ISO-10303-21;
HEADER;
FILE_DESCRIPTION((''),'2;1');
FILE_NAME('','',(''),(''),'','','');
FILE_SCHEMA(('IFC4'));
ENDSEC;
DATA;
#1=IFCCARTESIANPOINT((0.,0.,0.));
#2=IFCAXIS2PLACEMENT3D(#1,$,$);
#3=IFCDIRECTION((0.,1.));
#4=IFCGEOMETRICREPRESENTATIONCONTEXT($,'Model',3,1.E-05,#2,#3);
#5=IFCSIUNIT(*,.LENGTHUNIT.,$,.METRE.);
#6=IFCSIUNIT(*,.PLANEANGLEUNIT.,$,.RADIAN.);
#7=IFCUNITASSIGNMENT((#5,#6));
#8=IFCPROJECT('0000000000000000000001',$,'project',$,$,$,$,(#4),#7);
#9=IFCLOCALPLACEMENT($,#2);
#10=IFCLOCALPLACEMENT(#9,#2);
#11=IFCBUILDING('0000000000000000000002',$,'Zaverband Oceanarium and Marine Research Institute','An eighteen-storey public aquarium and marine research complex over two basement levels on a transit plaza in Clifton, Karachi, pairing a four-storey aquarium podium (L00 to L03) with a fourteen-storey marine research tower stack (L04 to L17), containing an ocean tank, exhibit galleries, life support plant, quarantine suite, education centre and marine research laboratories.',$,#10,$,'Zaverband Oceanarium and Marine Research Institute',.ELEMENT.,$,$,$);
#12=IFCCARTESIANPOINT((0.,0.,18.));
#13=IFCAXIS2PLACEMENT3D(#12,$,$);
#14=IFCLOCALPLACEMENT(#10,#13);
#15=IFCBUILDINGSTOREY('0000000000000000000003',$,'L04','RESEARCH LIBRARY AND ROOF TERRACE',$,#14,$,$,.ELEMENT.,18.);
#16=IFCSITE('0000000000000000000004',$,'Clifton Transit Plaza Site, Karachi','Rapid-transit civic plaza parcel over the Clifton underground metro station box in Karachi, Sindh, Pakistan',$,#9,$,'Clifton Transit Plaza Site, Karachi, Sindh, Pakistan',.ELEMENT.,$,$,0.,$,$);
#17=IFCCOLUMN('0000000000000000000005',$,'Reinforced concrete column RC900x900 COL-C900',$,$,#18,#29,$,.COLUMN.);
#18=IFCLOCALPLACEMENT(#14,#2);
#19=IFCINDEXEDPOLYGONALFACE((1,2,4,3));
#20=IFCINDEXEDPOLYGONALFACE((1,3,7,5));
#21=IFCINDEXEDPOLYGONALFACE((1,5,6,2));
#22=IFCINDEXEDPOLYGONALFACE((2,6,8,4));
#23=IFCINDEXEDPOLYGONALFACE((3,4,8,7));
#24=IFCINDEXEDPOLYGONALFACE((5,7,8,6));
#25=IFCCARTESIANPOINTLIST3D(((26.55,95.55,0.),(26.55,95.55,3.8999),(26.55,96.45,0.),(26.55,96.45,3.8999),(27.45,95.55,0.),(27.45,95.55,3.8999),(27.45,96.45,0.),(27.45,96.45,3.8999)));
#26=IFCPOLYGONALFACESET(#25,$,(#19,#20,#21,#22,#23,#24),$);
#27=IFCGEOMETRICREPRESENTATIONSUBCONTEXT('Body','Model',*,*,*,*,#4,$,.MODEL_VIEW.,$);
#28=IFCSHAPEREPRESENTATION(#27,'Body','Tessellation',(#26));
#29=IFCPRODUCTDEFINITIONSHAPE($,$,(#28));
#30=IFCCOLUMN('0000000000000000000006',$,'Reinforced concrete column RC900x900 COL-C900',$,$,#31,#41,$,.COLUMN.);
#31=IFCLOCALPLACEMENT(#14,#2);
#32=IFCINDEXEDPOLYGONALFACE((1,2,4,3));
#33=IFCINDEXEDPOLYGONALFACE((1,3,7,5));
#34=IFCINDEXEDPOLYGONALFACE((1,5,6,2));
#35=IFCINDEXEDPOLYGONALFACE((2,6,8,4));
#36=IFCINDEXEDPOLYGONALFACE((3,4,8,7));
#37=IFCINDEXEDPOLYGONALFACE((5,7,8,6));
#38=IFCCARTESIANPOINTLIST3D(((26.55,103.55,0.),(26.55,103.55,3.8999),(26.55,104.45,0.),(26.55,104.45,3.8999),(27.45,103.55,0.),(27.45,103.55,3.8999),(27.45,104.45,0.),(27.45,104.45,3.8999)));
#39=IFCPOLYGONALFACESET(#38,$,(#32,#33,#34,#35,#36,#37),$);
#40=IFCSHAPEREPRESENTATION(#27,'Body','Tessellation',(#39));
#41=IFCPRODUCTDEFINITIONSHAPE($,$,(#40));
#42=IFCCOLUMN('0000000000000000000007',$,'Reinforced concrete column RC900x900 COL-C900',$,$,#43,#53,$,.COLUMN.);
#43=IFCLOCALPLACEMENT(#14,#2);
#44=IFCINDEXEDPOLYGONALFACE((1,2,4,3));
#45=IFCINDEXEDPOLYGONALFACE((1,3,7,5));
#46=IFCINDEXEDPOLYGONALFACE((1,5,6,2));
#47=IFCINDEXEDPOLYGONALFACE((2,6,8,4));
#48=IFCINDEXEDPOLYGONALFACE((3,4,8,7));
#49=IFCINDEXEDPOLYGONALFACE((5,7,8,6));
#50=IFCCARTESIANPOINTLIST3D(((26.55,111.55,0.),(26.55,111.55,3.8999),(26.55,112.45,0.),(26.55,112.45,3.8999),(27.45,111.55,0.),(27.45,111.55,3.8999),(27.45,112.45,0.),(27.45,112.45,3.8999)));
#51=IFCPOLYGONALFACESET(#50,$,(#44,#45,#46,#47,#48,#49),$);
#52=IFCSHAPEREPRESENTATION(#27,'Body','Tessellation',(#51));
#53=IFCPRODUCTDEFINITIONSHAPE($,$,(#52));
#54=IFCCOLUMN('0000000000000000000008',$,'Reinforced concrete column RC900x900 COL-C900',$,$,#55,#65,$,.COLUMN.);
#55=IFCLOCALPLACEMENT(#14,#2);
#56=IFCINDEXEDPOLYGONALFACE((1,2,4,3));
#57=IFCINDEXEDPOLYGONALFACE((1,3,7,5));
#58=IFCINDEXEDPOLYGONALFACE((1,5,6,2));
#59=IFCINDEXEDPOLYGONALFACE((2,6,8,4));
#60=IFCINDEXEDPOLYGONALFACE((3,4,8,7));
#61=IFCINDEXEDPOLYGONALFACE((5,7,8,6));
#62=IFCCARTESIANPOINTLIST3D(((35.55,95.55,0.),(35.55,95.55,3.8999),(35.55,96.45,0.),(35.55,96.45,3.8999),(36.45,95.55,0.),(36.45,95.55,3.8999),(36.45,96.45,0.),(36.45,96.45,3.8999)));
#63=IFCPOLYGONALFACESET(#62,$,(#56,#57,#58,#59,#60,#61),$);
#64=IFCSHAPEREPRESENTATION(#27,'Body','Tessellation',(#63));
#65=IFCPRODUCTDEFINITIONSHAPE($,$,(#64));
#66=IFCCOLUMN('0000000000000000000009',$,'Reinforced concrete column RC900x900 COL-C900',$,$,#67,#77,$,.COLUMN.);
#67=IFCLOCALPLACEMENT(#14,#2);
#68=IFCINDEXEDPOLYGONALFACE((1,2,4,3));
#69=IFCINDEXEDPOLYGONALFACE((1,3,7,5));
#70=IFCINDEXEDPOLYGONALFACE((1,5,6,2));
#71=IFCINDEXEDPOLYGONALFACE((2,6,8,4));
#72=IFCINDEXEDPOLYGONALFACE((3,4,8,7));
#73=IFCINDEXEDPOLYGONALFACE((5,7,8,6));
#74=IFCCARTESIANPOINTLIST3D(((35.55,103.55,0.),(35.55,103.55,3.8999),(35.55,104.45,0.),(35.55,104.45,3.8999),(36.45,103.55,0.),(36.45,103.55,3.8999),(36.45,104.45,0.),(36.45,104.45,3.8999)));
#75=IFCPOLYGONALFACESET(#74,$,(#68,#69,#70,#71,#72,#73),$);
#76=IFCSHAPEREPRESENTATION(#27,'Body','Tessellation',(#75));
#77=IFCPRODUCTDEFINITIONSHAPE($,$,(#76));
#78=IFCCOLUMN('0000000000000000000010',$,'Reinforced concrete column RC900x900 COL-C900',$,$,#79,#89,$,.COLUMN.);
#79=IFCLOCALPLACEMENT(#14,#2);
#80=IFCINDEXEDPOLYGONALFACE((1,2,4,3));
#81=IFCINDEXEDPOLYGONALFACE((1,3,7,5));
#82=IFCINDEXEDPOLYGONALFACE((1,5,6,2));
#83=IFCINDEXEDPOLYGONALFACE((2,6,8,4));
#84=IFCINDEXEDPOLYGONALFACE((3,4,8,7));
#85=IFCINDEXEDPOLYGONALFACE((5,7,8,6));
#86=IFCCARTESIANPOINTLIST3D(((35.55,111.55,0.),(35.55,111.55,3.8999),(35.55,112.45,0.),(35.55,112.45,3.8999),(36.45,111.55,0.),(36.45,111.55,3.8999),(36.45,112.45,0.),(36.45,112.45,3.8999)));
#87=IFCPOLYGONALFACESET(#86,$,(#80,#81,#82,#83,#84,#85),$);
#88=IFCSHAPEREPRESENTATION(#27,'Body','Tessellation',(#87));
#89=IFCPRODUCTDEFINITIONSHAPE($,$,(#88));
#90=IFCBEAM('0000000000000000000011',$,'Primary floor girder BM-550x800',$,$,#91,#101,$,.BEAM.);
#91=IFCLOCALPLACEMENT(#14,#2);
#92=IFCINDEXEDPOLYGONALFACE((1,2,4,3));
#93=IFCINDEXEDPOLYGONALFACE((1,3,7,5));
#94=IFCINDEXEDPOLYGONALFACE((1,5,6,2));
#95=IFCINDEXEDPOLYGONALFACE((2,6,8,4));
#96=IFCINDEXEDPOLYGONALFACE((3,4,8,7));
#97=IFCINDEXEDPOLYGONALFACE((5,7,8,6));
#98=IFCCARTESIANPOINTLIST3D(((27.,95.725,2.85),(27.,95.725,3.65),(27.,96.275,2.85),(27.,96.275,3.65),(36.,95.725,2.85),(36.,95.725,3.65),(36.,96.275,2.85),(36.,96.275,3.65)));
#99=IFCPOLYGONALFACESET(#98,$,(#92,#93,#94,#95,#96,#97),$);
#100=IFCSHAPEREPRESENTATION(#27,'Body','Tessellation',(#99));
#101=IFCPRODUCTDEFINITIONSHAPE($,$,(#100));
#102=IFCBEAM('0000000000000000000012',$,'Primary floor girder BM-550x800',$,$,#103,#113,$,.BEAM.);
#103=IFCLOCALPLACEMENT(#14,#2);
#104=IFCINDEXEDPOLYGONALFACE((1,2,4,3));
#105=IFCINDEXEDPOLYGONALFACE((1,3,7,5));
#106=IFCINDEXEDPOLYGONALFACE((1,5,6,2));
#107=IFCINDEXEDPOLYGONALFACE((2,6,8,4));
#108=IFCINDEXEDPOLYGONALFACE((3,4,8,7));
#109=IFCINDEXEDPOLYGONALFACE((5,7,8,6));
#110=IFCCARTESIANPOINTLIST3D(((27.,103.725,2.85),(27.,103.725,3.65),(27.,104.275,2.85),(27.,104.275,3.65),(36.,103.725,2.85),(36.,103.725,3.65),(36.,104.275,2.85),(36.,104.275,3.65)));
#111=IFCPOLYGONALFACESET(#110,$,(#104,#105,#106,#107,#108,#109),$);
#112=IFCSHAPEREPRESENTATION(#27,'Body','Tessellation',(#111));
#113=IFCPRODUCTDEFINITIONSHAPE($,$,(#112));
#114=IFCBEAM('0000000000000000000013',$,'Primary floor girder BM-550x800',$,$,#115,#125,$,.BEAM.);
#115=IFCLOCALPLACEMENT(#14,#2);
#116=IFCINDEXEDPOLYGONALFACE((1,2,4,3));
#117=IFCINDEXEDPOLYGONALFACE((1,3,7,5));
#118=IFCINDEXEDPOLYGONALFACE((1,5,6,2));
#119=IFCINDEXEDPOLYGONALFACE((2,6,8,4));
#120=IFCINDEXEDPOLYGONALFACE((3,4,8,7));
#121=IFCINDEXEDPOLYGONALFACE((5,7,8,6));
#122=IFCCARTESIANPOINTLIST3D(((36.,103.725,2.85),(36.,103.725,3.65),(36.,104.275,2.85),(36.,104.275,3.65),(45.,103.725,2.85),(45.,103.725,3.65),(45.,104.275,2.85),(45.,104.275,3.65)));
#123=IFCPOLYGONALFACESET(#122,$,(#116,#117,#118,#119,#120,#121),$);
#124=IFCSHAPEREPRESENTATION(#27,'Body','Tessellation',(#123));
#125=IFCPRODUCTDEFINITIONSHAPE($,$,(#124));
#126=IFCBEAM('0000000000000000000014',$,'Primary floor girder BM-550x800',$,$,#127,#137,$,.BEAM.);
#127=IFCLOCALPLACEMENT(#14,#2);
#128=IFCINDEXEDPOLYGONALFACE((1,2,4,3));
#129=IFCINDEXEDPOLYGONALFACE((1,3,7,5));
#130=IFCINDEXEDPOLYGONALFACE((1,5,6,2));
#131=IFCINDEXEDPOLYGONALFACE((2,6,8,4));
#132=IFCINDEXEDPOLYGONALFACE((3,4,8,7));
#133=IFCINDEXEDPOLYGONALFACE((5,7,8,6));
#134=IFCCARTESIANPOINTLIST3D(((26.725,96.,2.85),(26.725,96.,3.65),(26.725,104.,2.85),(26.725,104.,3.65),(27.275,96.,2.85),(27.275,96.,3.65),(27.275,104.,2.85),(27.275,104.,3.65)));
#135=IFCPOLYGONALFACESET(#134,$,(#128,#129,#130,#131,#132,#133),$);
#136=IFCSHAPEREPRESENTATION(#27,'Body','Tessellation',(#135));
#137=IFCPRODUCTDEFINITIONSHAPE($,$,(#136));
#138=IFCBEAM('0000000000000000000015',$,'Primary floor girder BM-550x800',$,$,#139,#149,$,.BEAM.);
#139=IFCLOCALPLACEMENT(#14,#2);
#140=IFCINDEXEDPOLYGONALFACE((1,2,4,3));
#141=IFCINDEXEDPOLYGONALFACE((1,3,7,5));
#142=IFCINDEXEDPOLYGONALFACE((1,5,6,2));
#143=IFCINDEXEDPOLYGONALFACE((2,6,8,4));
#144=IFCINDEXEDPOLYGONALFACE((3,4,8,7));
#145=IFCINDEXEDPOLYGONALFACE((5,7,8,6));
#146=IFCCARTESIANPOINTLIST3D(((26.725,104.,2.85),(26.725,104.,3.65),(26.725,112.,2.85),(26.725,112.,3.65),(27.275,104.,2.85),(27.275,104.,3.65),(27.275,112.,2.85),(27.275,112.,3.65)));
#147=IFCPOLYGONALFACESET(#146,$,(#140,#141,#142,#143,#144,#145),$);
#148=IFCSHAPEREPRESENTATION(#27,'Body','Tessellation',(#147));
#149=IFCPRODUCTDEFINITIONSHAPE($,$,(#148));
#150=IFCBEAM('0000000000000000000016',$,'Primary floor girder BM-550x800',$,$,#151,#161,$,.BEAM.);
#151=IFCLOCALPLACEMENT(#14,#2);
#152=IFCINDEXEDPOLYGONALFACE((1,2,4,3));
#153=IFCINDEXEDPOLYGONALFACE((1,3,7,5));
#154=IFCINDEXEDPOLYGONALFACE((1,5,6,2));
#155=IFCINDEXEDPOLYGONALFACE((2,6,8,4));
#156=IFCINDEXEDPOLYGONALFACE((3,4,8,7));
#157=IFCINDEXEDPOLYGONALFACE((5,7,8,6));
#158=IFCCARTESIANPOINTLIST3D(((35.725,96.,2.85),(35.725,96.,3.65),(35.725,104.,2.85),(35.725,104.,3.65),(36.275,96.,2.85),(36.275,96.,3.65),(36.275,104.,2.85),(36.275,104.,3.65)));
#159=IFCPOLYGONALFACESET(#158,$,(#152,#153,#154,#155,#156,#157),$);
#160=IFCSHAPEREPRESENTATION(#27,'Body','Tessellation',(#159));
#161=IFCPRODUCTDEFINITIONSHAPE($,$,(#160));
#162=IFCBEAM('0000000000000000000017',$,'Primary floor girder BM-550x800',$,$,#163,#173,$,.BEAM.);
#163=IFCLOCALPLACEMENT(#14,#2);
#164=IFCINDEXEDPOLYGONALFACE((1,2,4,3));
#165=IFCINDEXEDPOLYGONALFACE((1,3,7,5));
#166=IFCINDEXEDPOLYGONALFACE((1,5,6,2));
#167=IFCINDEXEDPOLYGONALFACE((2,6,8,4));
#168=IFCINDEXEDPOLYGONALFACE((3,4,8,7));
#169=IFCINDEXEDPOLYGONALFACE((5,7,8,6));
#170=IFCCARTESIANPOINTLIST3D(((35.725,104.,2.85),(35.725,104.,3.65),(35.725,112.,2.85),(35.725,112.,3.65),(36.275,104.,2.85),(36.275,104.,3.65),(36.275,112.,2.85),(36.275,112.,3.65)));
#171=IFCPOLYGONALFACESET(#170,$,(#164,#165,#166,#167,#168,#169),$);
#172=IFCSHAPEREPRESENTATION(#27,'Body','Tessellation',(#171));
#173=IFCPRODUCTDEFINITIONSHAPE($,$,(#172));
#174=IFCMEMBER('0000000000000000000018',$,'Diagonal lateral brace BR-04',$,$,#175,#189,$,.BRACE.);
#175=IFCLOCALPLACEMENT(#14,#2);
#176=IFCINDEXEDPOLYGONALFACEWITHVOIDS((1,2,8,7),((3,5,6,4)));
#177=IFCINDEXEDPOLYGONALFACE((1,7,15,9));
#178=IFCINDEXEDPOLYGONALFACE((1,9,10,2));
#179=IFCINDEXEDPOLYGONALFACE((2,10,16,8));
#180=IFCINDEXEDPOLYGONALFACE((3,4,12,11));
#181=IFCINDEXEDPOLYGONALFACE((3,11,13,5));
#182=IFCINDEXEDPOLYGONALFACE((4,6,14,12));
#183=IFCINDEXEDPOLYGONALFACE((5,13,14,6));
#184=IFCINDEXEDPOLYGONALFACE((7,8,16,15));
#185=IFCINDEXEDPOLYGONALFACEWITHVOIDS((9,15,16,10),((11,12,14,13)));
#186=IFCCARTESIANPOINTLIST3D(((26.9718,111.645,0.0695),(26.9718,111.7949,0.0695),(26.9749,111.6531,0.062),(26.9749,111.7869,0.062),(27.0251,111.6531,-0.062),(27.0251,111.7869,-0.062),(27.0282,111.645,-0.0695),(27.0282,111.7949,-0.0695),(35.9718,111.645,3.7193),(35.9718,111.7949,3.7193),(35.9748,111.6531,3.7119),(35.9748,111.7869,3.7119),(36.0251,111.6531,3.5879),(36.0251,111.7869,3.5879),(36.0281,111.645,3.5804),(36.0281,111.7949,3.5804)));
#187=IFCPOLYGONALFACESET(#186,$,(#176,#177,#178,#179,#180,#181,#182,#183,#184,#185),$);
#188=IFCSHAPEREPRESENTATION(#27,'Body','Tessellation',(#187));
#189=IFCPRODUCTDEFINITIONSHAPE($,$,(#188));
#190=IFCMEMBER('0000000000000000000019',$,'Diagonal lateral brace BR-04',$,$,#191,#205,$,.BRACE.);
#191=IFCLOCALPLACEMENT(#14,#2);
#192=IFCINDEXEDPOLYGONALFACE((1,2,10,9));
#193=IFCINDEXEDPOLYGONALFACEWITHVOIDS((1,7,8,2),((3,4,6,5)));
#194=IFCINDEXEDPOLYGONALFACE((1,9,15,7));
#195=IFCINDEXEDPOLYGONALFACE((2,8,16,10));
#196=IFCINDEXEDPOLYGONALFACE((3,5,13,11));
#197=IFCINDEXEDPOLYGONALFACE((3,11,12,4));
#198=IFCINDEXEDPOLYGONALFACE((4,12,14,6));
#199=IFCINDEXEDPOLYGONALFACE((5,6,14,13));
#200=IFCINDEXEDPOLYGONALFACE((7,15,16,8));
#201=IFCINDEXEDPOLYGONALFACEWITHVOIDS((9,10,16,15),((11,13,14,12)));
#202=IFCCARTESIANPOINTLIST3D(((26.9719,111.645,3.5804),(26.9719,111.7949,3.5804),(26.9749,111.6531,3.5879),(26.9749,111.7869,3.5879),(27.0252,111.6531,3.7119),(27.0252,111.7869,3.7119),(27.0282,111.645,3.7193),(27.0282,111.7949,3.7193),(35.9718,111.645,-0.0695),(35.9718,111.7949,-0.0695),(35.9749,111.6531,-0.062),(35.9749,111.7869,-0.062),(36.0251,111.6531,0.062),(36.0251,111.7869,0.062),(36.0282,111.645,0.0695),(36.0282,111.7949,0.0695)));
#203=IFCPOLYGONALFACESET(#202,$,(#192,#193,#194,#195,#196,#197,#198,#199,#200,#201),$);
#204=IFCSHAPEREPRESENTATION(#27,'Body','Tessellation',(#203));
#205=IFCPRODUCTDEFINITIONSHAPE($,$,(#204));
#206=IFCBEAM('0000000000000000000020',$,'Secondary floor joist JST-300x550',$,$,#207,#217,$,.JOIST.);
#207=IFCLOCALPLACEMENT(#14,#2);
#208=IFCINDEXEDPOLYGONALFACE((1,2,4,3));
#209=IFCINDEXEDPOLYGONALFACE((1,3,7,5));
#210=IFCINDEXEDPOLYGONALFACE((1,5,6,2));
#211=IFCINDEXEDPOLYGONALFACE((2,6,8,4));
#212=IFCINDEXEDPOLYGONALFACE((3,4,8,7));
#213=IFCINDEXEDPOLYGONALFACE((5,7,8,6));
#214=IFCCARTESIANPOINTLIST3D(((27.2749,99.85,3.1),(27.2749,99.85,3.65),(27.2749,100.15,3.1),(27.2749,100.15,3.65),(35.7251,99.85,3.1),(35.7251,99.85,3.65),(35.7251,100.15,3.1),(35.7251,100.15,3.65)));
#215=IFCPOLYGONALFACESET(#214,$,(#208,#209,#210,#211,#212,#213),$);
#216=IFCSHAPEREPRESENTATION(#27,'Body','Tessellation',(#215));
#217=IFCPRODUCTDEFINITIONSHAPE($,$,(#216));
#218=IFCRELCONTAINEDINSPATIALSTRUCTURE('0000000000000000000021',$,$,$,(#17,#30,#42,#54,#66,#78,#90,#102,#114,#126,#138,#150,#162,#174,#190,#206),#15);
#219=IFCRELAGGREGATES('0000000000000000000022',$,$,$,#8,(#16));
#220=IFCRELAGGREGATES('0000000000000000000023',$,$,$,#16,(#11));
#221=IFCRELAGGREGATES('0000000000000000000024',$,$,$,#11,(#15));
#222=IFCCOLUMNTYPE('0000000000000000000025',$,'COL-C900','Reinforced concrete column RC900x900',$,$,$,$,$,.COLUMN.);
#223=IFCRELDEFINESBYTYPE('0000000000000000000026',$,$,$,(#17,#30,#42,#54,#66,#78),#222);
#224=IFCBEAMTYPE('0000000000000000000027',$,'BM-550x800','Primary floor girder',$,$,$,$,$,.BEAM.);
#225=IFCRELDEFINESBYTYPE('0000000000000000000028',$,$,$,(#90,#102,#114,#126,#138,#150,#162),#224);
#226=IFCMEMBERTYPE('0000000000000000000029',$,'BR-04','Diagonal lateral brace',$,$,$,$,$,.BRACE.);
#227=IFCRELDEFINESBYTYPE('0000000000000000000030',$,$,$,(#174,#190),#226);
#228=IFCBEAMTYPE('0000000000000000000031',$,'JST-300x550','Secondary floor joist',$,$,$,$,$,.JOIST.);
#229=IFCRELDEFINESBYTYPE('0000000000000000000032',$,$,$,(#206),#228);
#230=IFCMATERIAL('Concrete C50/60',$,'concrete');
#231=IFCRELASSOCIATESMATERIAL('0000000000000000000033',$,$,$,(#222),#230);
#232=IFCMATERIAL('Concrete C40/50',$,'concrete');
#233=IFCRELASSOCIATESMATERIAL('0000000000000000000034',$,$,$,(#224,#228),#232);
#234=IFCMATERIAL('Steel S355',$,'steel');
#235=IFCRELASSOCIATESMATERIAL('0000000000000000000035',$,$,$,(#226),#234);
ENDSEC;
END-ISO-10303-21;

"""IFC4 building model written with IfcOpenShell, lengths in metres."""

from ifc_helpers import new_model, si_unit, direction, frame, origin, origin_2d, place, context, subcontext, project, spatial, rectangle, hollow_rectangle, extrude, material, material_profile, profile_set, type_object, element, save


model = new_model("IFC4")

# Units and contexts
model_context = context("Model", 3, precision=1e-05, world=origin(), true_north=direction((0.0, 1.0)))
body_context = subcontext(model_context, "Body", "Model", "MODEL_VIEW")
ifc_project = project(units=[si_unit("LENGTHUNIT", "METRE"), si_unit("PLANEANGLEUNIT", "RADIAN")], contexts=[model_context])

# Site, building, storey
site_placement = place(None, origin())
site = spatial("IfcSite", under=ifc_project, at=site_placement, Name="Clifton Transit Plaza Site, Karachi", Description="Rapid-transit civic plaza parcel over the Clifton underground metro station box in Karachi, Sindh, Pakistan", LongName="Clifton Transit Plaza Site, Karachi, Sindh, Pakistan", CompositionType="ELEMENT", RefElevation=0.0)
building_placement = place(site_placement, origin())
building = spatial("IfcBuilding", under=site, at=building_placement, Name="Zaverband Oceanarium and Marine Research Institute", Description="An eighteen-storey public aquarium and marine research complex over two basement levels on a transit plaza in Clifton, Karachi, pairing a four-storey aquarium podium (L00 to L03) with a fourteen-storey marine research tower stack (L04 to L17), containing an ocean tank, exhibit galleries, life support plant, quarantine suite, education centre and marine research laboratories.", LongName="Zaverband Oceanarium and Marine Research Institute", CompositionType="ELEMENT")
storey_placement = place(building_placement, frame((0.0, 0.0, 18.0)))
storey = spatial("IfcBuildingStorey", under=building, at=storey_placement, Name="L04", Description="RESEARCH LIBRARY AND ROOF TERRACE", CompositionType="ELEMENT", Elevation=18.0)

# Columns
ifc_material_1 = material(Name="Concrete C50/60", Category="concrete")
ifc_material_profile_1 = material_profile(ifc_material_1, rectangle(XDim=0.8999, YDim=0.8999, at=origin_2d()), Name="RC900x900")
ifc_profile_set_1 = profile_set([ifc_material_profile_1], Name="Concrete C50/60")
column_type = type_object("IfcColumnType", Name="COL-C900", Description="Reinforced concrete column RC900x900", PredefinedType="COLUMN", material=ifc_profile_set_1)
for number, where, z_axis, x_axis, name in (
    (1, (27.0, 96.0, 0.0), (0.0, 0.0, 1.0), (1.0, 0.0, 0.0), "Reinforced concrete column RC900x900 COL-C900"),
    (2, (27.0, 104.0, 0.0), (0.0, 0.0, 1.0), (1.0, 0.0, 0.0), "Reinforced concrete column RC900x900 COL-C900"),
    (3, (27.0, 112.0, 0.0), (0.0, 0.0, 1.0), (1.0, 0.0, 0.0), "Reinforced concrete column RC900x900 COL-C900"),
    (4, (36.0, 96.0, 0.0), (0.0, 0.0, 1.0), (1.0, 0.0, 0.0), "Reinforced concrete column RC900x900 COL-C900"),
    (5, (36.0, 104.0, 0.0), (0.0, 0.0, 1.0), (1.0, 0.0, 0.0), "Reinforced concrete column RC900x900 COL-C900"),
    (6, (36.0, 112.0, 0.0), (0.0, 0.0, 1.0), (1.0, 0.0, 0.0), "Reinforced concrete column RC900x900 COL-C900"),
):
    element("IfcColumn", number, at=place(storey_placement, frame(where, z_axis=z_axis, x_axis=x_axis)), inside=storey, type_object=column_type, Name=name, PredefinedType="COLUMN", context=body_context, shape_type="SweptSolid", body=[
        extrude(rectangle(XDim=0.8999, YDim=0.8999, at=origin_2d()), origin(), (0.0, 0.0, 1.0), 3.8999),
    ])

# Beams
ifc_material_2 = material(Name="Concrete C40/50", Category="concrete")
ifc_material_profile_2 = material_profile(ifc_material_2, rectangle(XDim=0.55, YDim=0.8, at=origin_2d()), Name="RC550x800")
ifc_profile_set_2 = profile_set([ifc_material_profile_2], Name="Concrete C40/50")
beam_type_1 = type_object("IfcBeamType", Name="BM-550x800", Description="Primary floor girder", PredefinedType="BEAM", material=ifc_profile_set_2)
for number, where, z_axis, x_axis, name in (
    (7, (27.0, 96.0, 3.25), (1.0, 0.0, 0.0), (0.0, 1.0, 0.0), "Primary floor girder BM-550x800"),
    (8, (27.0, 104.0, 3.25), (1.0, 0.0, 0.0), (0.0, 1.0, 0.0), "Primary floor girder BM-550x800"),
    (9, (36.0, 104.0, 3.25), (1.0, 0.0, 0.0), (0.0, 1.0, 0.0), "Primary floor girder BM-550x800"),
):
    element("IfcBeam", number, at=place(storey_placement, frame(where, z_axis=z_axis, x_axis=x_axis)), inside=storey, type_object=beam_type_1, Name=name, PredefinedType="BEAM", context=body_context, shape_type="SweptSolid", body=[
        extrude(rectangle(XDim=0.55, YDim=0.8, at=origin_2d()), origin(), (0.0, 0.0, 1.0), 9.0),
    ])
for number, where, z_axis, x_axis, name in (
    (10, (27.0, 96.0, 3.25), (0.0, 1.0, 0.0), (-1.0, 0.0, 0.0), "Primary floor girder BM-550x800"),
    (11, (27.0, 104.0, 3.25), (0.0, 1.0, 0.0), (-1.0, 0.0, 0.0), "Primary floor girder BM-550x800"),
    (12, (36.0, 96.0, 3.25), (0.0, 1.0, 0.0), (-1.0, 0.0, 0.0), "Primary floor girder BM-550x800"),
    (13, (36.0, 104.0, 3.25), (0.0, 1.0, 0.0), (-1.0, 0.0, 0.0), "Primary floor girder BM-550x800"),
):
    element("IfcBeam", number, at=place(storey_placement, frame(where, z_axis=z_axis, x_axis=x_axis)), inside=storey, type_object=beam_type_1, Name=name, PredefinedType="BEAM", context=body_context, shape_type="SweptSolid", body=[
        extrude(rectangle(XDim=0.55, YDim=0.8, at=origin_2d()), origin(), (0.0, 0.0, 1.0), 8.0),
    ])

# Members
ifc_material_3 = material(Name="Steel S355", Category="steel")
ifc_material_profile_3 = material_profile(ifc_material_3, hollow_rectangle(XDim=0.1499, YDim=0.1499, WallThickness=0.0081, at=origin_2d()), Name="SHS150x150x8")
ifc_profile_set_3 = profile_set([ifc_material_profile_3], Name="Steel S355")
member_type_1 = type_object("IfcMemberType", Name="BR-04", Description="Diagonal lateral brace", PredefinedType="BRACE", material=ifc_profile_set_3)
for number, where, z_axis, x_axis, name in (
    (14, (27.0, 111.72, 0.0), (0.926694, 0.0, 0.375816), (0.0, 1.0, 0.0), "Diagonal lateral brace BR-04"),
    (15, (36.0, 111.72, 0.0), (-0.926694, 0.0, 0.375816), (0.0, -1.0, 0.0), "Diagonal lateral brace BR-04"),
):
    element("IfcMember", number, at=place(storey_placement, frame(where, z_axis=z_axis, x_axis=x_axis)), inside=storey, type_object=member_type_1, Name=name, PredefinedType="BRACE", context=body_context, shape_type="SweptSolid", body=[
        extrude(hollow_rectangle(XDim=0.1499, YDim=0.1499, WallThickness=0.0081, at=origin_2d()), origin(), (0.0, 0.0, 1.0), 9.7119),
    ])

# Beam
ifc_material_profile_4 = material_profile(ifc_material_2, rectangle(XDim=0.3, YDim=0.55, at=origin_2d()), Name="RC300x550")
ifc_profile_set_4 = profile_set([ifc_material_profile_4], Name="Concrete C40/50")
beam_type_2 = type_object("IfcBeamType", Name="JST-300x550", Description="Secondary floor joist", PredefinedType="JOIST", material=ifc_profile_set_4)
for number, where, z_axis, x_axis, name in (
    (16, (27.2749, 100.0, 3.375), (1.0, 0.0, 0.0), (0.0, 1.0, 0.0), "Secondary floor joist JST-300x550"),
):
    element("IfcBeam", number, at=place(storey_placement, frame(where, z_axis=z_axis, x_axis=x_axis)), inside=storey, type_object=beam_type_2, Name=name, PredefinedType="JOIST", context=body_context, shape_type="SweptSolid", body=[
        extrude(rectangle(XDim=0.3, YDim=0.55, at=origin_2d()), origin(), (0.0, 0.0, 1.0), 8.4502),
    ])

save(model, "model.ifc")
